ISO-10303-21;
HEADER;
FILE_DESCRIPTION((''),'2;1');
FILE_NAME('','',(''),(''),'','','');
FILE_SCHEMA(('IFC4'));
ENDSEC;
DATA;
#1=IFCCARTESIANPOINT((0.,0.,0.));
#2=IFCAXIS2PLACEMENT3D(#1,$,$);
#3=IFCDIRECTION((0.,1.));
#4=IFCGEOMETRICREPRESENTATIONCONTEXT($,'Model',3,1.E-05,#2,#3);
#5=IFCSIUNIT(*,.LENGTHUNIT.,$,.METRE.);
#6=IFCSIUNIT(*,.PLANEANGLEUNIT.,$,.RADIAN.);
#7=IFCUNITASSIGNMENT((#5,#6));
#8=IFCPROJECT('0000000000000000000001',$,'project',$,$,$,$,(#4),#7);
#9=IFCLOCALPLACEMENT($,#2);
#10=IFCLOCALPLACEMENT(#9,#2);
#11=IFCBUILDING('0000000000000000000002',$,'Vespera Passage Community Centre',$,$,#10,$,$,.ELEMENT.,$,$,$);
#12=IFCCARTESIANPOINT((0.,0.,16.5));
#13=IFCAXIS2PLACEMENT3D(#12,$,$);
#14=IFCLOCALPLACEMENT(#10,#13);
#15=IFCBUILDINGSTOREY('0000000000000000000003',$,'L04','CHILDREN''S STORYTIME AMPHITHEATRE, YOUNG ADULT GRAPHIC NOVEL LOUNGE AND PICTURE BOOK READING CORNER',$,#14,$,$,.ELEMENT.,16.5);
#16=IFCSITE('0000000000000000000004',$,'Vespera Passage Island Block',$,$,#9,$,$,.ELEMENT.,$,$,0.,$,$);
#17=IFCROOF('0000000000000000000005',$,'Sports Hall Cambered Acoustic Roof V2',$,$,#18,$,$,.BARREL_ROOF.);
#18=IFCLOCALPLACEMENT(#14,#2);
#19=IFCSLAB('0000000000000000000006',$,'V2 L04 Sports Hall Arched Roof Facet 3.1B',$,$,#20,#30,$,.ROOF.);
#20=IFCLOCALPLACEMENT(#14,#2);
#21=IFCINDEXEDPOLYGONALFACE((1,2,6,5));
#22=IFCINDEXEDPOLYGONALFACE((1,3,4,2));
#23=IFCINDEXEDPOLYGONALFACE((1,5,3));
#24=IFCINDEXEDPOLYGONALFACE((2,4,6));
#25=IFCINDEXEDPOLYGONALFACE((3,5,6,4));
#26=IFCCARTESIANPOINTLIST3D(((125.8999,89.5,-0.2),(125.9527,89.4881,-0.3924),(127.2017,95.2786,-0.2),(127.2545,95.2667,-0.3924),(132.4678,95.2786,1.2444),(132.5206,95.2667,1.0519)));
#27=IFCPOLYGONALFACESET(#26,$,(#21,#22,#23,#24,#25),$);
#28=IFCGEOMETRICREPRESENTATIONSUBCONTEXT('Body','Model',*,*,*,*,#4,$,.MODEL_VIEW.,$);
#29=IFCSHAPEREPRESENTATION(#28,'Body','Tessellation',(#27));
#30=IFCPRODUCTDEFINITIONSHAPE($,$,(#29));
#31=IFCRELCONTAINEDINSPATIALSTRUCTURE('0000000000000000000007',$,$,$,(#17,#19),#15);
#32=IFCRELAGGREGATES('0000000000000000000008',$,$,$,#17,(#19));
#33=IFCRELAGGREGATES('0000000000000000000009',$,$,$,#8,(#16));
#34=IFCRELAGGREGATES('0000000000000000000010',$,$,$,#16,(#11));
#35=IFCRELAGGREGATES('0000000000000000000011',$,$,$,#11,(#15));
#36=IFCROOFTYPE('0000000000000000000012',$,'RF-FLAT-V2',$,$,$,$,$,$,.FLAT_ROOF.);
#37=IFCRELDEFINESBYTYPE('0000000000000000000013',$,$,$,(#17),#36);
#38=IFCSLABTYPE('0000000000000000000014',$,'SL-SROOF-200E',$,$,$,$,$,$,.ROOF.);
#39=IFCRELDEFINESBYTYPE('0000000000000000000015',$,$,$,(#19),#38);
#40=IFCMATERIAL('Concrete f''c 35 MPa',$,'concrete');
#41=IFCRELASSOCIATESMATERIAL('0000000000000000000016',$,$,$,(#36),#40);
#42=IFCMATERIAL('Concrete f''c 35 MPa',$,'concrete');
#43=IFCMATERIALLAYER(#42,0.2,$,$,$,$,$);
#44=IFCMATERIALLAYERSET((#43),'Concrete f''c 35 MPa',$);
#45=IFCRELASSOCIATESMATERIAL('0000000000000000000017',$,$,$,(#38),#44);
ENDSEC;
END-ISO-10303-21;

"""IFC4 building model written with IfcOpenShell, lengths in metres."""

from ifc_helpers import new_model, si_unit, direction, frame, origin, place, context, subcontext, project, spatial, polyline, outline, extrude, material, layer, layer_set, type_object, element, aggregate, save


model = new_model("IFC4")

# Units and contexts
model_context = context("Model", 3, precision=1e-05, world=origin(), true_north=direction((0.0, 1.0)))
body_context = subcontext(model_context, "Body", "Model", "MODEL_VIEW")
ifc_project = project(units=[si_unit("LENGTHUNIT", "METRE"), si_unit("PLANEANGLEUNIT", "RADIAN")], contexts=[model_context])

# Site, building, storey
site_placement = place(None, origin())
site = spatial("IfcSite", under=ifc_project, at=site_placement, Name="Vespera Passage Island Block", CompositionType="ELEMENT", RefElevation=0.0)
building_placement = place(site_placement, origin())
building = spatial("IfcBuilding", under=site, at=building_placement, Name="Vespera Passage Community Centre", CompositionType="ELEMENT")
storey_placement = place(building_placement, frame((0.0, 0.0, 16.5)))
storey = spatial("IfcBuildingStorey", under=building, at=storey_placement, Name="L04", Description="CHILDREN'S STORYTIME AMPHITHEATRE, YOUNG ADULT GRAPHIC NOVEL LOUNGE AND PICTURE BOOK READING CORNER", CompositionType="ELEMENT", Elevation=16.5)

# Roof, slab
ifc_material_1 = material(Name="Concrete f'c 35 MPa", Category="concrete")
roof_type = type_object("IfcRoofType", Name="RF-FLAT-V2", PredefinedType="FLAT_ROOF", material=ifc_material_1)
roof_placement = place(storey_placement, origin())
roof = element("IfcRoof", 1, at=roof_placement, inside=storey, type_object=roof_type, Name="Sports Hall Cambered Acoustic Roof V2", PredefinedType="BARREL_ROOF")
ifc_material_2 = material(Name="Concrete f'c 35 MPa", Category="concrete")
ifc_layer_1 = layer(ifc_material_2, 0.2)
ifc_layer_set_1 = layer_set([ifc_layer_1], Name="Concrete f'c 35 MPa")
slab_type = type_object("IfcSlabType", Name="SL-SROOF-200E", PredefinedType="ROOF", material=ifc_layer_set_1)
slab_1_placement = place(storey_placement, frame((125.8999, 89.5, -0.2), z_axis=(-0.264033, 0.05948, 0.962678), x_axis=(0.740751, 0.65173, 0.162898)))
slab_1 = element("IfcSlab", 2, at=slab_1_placement, inside=storey, type_object=slab_type, Name="V2 L04 Sports Hall Arched Roof Facet 3.1B", PredefinedType="ROOF", context=body_context, shape_type="SweptSolid", body=[
    extrude(outline(polyline([(0.0, 0.0), (8.8665, 0.0), (4.7303, 3.5651), (0.0, 0.0)])), origin(), (0.0, 0.0, -1.0), 0.2),
])
aggregate(roof, [slab_1])

save(model, "model.ifc")
